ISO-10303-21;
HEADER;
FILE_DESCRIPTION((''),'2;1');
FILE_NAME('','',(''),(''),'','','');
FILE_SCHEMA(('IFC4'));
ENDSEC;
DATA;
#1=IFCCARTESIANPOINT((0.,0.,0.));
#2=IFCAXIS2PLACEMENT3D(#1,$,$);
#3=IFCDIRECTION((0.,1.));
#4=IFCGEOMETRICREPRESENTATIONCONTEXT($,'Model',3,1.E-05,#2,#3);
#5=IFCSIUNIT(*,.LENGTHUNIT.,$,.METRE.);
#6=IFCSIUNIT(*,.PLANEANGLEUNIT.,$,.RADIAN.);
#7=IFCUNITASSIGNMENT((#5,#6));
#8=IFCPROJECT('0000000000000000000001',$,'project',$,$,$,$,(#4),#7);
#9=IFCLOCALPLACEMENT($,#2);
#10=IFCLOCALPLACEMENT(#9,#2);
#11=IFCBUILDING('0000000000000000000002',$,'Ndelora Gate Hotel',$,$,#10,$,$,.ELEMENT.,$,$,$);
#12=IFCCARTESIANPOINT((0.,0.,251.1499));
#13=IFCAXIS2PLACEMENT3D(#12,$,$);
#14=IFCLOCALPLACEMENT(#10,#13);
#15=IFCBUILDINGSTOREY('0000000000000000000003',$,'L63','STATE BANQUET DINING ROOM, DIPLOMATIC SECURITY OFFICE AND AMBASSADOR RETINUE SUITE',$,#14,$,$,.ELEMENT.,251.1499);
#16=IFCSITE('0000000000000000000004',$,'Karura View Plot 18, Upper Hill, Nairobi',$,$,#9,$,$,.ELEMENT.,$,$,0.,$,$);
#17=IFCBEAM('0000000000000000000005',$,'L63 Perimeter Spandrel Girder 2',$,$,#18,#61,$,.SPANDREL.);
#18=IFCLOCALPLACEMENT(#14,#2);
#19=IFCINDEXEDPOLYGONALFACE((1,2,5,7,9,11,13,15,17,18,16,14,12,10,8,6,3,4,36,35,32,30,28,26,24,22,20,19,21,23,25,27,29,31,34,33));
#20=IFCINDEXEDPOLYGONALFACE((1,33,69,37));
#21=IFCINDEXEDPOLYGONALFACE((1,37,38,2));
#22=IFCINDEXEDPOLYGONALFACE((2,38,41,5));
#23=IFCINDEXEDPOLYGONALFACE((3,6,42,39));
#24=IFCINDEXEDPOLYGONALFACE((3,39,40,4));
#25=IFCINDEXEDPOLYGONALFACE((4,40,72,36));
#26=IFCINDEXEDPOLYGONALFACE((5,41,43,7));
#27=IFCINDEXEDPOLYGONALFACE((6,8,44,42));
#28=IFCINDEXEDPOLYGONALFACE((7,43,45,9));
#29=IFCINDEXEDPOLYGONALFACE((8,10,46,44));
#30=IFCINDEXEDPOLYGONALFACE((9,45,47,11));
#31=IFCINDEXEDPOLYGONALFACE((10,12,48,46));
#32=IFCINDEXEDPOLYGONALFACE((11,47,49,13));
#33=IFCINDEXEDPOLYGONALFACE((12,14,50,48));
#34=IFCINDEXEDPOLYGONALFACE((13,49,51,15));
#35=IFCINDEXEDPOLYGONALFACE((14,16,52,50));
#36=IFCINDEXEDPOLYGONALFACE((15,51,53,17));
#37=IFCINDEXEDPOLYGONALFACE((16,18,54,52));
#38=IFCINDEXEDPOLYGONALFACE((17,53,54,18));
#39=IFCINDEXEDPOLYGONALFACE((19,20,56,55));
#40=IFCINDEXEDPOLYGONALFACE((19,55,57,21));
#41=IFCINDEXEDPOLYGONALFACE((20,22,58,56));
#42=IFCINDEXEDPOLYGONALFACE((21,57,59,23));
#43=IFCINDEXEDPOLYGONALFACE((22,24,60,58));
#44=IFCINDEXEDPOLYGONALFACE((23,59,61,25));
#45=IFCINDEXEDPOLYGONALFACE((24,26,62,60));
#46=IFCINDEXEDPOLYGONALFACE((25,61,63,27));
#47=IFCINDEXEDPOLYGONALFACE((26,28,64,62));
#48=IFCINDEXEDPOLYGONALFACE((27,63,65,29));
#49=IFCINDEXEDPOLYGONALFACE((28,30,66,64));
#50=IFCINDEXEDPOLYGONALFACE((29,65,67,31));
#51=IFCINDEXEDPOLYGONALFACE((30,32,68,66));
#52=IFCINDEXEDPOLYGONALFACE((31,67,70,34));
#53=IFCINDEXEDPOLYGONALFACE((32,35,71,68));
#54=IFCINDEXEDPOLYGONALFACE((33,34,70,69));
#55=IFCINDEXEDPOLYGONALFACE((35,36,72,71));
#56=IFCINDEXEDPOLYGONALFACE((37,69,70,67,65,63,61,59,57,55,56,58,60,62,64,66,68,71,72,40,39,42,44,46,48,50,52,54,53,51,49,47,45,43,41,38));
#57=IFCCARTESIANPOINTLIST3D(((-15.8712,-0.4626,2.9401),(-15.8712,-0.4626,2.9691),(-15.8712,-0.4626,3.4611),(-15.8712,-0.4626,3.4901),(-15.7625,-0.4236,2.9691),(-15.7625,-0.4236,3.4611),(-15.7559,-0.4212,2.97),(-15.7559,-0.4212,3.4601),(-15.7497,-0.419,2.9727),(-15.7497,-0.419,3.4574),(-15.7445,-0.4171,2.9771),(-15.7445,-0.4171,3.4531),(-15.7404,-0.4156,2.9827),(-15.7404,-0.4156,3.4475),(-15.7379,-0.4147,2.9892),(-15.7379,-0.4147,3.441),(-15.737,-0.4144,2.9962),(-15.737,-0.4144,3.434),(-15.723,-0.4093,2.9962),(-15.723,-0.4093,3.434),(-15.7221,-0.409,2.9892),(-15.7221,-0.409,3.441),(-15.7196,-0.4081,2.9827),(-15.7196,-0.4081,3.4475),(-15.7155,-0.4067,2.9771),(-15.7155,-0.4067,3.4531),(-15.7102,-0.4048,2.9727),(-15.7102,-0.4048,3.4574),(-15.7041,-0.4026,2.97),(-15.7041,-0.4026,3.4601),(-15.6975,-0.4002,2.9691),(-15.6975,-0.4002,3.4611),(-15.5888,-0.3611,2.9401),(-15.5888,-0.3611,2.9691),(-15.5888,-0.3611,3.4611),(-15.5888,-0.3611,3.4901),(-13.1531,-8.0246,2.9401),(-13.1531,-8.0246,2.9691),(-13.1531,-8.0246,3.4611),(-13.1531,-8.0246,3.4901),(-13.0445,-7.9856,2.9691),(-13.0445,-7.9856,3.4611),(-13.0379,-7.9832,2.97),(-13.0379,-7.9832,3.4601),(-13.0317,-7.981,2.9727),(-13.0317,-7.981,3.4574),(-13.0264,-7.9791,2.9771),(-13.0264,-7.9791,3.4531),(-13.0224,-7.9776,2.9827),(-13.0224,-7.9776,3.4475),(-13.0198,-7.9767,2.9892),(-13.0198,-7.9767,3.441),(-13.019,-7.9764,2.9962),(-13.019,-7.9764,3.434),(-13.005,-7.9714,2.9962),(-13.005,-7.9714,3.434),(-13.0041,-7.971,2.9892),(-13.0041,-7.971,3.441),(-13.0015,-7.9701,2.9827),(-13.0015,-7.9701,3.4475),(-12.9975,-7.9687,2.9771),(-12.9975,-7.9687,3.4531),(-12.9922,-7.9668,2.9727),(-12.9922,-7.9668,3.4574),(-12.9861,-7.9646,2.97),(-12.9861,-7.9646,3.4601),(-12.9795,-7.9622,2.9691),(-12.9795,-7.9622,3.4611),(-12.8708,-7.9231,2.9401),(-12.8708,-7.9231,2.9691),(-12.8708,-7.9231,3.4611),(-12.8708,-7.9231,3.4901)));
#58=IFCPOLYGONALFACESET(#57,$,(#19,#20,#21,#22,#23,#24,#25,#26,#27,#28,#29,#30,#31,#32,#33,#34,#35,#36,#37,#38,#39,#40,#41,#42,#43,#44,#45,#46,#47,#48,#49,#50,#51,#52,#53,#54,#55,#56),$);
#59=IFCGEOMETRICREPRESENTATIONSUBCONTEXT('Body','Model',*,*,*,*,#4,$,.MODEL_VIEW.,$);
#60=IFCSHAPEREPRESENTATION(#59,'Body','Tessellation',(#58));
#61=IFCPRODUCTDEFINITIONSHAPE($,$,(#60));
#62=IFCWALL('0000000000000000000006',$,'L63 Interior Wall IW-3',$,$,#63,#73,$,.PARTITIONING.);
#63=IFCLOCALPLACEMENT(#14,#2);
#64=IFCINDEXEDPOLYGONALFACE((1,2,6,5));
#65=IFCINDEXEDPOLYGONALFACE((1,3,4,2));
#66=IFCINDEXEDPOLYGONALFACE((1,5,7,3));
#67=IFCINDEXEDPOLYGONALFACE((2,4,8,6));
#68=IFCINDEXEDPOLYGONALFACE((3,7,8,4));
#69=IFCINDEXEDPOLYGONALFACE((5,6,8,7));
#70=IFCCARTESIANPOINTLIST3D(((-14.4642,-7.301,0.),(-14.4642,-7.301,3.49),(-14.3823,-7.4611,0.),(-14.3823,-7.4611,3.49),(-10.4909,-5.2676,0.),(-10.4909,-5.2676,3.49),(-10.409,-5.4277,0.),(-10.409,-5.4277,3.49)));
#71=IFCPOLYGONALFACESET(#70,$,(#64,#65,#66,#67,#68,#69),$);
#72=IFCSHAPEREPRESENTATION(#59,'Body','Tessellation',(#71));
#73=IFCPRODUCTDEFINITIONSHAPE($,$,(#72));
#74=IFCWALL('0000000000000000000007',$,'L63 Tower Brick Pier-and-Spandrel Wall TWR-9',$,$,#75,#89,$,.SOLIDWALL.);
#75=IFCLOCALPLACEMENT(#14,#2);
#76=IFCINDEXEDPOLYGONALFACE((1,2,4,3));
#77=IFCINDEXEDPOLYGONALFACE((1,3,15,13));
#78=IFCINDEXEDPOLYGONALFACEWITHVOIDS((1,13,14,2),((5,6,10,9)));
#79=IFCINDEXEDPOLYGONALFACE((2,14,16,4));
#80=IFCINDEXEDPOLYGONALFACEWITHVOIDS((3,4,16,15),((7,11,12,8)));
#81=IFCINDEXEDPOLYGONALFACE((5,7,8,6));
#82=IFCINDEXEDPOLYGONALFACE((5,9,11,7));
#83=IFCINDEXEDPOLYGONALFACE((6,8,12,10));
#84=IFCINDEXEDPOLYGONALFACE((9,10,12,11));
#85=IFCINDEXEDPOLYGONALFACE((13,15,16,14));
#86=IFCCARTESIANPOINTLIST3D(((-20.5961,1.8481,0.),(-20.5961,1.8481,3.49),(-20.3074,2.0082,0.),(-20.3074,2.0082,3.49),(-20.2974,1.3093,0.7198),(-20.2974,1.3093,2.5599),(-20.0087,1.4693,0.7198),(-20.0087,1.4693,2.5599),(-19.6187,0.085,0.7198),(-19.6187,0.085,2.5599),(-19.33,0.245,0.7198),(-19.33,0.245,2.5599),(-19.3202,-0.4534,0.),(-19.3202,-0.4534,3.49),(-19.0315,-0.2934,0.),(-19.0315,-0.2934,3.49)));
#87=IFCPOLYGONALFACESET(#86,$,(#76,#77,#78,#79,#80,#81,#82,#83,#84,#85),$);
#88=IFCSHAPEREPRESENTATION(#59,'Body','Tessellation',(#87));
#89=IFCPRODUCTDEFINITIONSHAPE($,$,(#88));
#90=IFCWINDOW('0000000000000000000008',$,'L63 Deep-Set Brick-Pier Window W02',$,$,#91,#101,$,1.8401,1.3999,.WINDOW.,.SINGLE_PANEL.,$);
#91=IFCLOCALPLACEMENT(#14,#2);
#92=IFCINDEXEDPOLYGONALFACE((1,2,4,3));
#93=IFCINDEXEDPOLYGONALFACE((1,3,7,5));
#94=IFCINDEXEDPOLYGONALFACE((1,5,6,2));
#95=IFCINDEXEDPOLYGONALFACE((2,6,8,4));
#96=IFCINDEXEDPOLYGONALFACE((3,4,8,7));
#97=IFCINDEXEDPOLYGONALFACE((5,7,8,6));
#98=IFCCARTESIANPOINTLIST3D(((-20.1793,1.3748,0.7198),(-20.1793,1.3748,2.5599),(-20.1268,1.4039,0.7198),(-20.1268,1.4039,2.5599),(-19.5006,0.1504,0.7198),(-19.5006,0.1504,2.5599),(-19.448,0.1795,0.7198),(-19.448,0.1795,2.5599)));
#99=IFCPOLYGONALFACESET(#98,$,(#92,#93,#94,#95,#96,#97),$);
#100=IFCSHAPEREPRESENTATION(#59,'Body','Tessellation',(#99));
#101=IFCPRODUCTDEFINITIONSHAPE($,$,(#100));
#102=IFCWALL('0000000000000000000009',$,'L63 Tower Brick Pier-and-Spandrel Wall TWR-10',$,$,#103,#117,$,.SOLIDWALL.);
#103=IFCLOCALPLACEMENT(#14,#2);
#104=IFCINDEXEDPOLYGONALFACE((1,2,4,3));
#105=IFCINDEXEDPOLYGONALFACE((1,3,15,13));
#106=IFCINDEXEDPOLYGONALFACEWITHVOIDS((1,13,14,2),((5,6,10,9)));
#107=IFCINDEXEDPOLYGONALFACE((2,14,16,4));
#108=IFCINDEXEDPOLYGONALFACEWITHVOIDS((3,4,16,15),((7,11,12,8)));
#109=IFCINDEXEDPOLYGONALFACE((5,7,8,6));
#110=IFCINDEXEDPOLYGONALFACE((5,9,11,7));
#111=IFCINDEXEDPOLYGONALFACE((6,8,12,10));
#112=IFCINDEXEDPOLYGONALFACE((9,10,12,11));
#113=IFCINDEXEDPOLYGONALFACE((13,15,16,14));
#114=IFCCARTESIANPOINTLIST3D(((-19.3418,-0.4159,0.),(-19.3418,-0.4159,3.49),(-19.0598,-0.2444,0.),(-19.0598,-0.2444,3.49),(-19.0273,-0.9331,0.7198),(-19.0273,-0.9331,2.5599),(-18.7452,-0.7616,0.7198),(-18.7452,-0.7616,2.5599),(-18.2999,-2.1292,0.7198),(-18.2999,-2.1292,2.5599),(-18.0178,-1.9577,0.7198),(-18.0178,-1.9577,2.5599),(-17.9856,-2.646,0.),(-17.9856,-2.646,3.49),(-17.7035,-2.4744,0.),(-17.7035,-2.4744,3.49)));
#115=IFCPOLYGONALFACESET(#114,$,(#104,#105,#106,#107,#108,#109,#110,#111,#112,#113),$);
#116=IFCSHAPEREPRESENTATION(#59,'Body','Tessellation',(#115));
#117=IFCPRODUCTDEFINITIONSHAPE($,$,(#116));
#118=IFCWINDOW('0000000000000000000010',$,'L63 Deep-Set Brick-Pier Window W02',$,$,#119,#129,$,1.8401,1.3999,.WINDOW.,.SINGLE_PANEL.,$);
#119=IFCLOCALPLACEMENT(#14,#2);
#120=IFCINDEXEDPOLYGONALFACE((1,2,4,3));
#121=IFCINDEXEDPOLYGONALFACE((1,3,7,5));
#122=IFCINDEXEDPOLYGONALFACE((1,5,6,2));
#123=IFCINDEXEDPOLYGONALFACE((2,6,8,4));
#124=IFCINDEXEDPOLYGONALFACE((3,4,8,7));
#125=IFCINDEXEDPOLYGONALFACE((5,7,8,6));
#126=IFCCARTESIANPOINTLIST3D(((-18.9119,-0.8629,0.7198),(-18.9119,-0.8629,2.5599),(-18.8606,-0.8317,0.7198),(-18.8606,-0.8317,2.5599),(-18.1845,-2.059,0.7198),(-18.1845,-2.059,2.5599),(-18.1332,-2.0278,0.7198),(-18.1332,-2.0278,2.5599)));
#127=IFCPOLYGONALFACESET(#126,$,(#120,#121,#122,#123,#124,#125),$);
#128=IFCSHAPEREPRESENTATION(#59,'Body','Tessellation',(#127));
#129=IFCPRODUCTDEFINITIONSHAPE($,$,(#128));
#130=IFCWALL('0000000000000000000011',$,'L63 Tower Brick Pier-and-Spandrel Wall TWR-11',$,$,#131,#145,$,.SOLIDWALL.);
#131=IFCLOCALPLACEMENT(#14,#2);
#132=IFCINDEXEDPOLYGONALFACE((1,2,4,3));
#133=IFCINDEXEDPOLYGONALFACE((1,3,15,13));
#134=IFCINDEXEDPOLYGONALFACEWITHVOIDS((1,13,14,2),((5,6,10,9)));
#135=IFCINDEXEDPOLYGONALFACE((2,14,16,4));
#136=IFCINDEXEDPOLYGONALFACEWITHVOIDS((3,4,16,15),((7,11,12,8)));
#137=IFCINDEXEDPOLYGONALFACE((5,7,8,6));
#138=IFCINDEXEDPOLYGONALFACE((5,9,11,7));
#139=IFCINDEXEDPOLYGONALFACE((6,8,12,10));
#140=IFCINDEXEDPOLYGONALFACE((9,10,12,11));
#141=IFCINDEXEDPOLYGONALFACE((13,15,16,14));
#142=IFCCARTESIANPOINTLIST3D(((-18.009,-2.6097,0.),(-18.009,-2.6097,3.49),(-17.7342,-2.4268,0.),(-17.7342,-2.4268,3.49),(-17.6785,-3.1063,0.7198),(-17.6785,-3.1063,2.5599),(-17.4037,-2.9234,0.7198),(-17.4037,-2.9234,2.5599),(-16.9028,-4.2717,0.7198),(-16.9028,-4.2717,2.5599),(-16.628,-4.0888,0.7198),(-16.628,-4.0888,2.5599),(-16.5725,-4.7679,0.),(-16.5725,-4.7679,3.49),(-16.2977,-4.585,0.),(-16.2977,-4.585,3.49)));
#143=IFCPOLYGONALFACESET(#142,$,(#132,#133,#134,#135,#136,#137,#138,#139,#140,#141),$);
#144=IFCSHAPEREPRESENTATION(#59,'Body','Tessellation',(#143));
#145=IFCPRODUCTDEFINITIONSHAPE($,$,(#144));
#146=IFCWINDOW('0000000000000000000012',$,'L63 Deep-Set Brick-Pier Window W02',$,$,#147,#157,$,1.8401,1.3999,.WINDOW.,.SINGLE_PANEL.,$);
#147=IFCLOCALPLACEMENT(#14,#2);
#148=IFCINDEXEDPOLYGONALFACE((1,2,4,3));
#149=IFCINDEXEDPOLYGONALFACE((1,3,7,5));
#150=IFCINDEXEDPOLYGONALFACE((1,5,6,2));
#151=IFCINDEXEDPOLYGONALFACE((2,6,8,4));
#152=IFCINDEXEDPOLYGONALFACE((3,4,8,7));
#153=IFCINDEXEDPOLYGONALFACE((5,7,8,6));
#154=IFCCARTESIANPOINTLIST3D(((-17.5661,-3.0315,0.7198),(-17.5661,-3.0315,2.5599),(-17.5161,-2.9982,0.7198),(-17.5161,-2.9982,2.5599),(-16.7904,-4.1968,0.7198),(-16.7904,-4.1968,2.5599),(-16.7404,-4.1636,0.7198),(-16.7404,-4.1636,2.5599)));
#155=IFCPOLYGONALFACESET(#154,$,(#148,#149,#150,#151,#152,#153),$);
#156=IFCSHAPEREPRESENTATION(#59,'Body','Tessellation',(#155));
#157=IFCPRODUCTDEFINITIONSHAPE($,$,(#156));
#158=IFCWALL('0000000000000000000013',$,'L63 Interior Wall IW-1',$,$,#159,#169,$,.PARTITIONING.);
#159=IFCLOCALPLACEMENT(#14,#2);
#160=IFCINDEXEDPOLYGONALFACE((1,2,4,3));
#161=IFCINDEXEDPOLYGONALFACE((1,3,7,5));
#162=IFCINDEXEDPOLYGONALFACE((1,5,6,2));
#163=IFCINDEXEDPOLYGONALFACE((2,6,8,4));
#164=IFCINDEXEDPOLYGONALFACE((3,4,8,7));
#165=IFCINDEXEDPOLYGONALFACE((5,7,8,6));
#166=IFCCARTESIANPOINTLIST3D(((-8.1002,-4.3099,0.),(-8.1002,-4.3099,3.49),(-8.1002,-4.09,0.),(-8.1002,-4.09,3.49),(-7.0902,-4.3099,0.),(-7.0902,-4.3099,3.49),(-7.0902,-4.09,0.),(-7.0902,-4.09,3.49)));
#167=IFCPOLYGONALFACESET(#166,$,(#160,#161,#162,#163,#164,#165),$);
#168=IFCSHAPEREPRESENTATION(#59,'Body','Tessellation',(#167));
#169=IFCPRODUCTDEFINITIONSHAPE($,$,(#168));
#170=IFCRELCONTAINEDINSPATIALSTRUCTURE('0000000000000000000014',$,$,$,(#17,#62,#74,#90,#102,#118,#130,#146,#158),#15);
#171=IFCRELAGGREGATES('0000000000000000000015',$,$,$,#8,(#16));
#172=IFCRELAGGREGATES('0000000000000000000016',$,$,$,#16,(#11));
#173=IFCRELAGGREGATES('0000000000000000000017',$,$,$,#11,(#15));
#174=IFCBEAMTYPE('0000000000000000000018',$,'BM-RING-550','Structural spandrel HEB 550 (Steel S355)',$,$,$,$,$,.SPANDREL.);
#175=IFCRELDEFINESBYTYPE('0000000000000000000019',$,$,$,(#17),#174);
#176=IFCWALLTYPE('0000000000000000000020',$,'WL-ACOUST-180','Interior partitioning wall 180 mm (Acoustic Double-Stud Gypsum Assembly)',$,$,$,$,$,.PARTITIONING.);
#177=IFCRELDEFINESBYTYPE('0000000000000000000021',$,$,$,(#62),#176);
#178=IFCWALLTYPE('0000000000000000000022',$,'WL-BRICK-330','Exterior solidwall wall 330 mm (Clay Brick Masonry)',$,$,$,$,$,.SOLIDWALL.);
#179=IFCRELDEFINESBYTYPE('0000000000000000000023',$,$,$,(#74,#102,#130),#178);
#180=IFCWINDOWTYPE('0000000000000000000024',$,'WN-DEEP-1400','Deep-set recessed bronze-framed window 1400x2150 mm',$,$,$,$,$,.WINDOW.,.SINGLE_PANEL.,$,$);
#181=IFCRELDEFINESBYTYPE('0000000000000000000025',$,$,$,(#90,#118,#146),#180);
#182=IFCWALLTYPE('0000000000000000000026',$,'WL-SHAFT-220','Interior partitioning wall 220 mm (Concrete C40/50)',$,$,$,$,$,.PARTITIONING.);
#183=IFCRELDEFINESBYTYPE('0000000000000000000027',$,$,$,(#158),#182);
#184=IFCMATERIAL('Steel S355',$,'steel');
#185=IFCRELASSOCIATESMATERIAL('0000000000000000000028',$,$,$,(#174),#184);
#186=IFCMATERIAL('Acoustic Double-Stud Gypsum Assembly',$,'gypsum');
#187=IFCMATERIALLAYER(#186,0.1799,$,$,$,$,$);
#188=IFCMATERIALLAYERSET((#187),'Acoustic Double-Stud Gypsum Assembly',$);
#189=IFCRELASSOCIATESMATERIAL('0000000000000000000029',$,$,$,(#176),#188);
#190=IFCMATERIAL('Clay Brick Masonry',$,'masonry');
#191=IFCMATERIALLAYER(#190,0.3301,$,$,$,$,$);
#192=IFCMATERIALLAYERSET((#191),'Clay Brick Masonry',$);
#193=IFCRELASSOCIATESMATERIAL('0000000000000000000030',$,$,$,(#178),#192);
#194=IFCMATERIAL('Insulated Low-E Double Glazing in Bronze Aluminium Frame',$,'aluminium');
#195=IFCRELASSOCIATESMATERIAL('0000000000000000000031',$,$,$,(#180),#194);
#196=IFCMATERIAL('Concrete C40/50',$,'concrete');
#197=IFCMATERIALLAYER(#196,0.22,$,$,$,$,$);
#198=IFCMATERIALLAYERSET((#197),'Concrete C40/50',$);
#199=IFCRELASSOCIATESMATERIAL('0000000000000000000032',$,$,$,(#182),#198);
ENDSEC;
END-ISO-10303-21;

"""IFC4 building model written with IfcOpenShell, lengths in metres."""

from ifc_helpers import new_model, si_unit, direction, frame, frame_2d, origin, origin_2d, place, context, subcontext, project, spatial, rectangle, i_section, extrude, material, layer, layer_set, material_profile, profile_set, type_object, element, fill, save


model = new_model("IFC4")

# Units and contexts
model_context = context("Model", 3, precision=1e-05, world=origin(), true_north=direction((0.0, 1.0)))
body_context = subcontext(model_context, "Body", "Model", "MODEL_VIEW")
ifc_project = project(units=[si_unit("LENGTHUNIT", "METRE"), si_unit("PLANEANGLEUNIT", "RADIAN")], contexts=[model_context])

# Site, building, storey
site_placement = place(None, origin())
site = spatial("IfcSite", under=ifc_project, at=site_placement, Name="Karura View Plot 18, Upper Hill, Nairobi", CompositionType="ELEMENT", RefElevation=0.0)
building_placement = place(site_placement, origin())
building = spatial("IfcBuilding", under=site, at=building_placement, Name="Ndelora Gate Hotel", CompositionType="ELEMENT")
storey_placement = place(building_placement, frame((0.0, 0.0, 251.1499)))
storey = spatial("IfcBuildingStorey", under=building, at=storey_placement, Name="L63", Description="STATE BANQUET DINING ROOM, DIPLOMATIC SECURITY OFFICE AND AMBASSADOR RETINUE SUITE", CompositionType="ELEMENT", Elevation=251.1499)

# Beam
ifc_material_1 = material(Name="Steel S355", Category="steel")
ifc_material_profile_1 = material_profile(ifc_material_1, i_section(OverallWidth=0.3, OverallDepth=0.55, WebThickness=0.0149, FlangeThickness=0.0291, FilletRadius=0.0271, at=origin_2d()), Name="HEB 550")
ifc_profile_set_1 = profile_set([ifc_material_profile_1], Name="Steel S355")
beam_type_1 = type_object("IfcBeamType", Name="BM-RING-550", Description="Structural spandrel HEB 550 (Steel S355)", PredefinedType="SPANDREL", material=ifc_profile_set_1)
beam_1_placement = place(storey_placement, frame((-15.73, -0.4119, 3.2151), z_axis=(0.338245, -0.941058, 0.0), x_axis=(0.941058, 0.338245, 0.0)))
element("IfcBeam", 1, at=beam_1_placement, inside=storey, type_object=beam_type_1, Name="L63 Perimeter Spandrel Girder 2", PredefinedType="SPANDREL", context=body_context, shape_type="SweptSolid", body=[
    extrude(i_section(OverallWidth=0.3, OverallDepth=0.55, WebThickness=0.0149, FlangeThickness=0.0291, FilletRadius=0.0271, at=origin_2d()), origin(), (0.0, 0.0, 1.0), 8.0356),
])

# Wall
ifc_material_2 = material(Name="Acoustic Double-Stud Gypsum Assembly", Category="gypsum")
ifc_layer_1 = layer(ifc_material_2, 0.1799)
ifc_layer_set_1 = layer_set([ifc_layer_1], Name="Acoustic Double-Stud Gypsum Assembly")
wall_type_1 = type_object("IfcWallType", Name="WL-ACOUST-180", Description="Interior partitioning wall 180 mm (Acoustic Double-Stud Gypsum Assembly)", PredefinedType="PARTITIONING", material=ifc_layer_set_1)
wall_1_placement = place(storey_placement, frame((-10.45, -5.3477, 0.0), z_axis=(0.0, 0.0, 1.0), x_axis=(-0.890198, -0.455574, 0.0)))
element("IfcWall", 2, at=wall_1_placement, inside=storey, type_object=wall_type_1, Name="L63 Interior Wall IW-3", PredefinedType="PARTITIONING", context=body_context, shape_type="SweptSolid", body=[
    extrude(rectangle(XDim=4.4634, YDim=0.1799, at=frame_2d((2.2317, 0.0))), origin(), (0.0, 0.0, 1.0), 3.49),
])

# Walls, openings, windows
ifc_material_3 = material(Name="Clay Brick Masonry", Category="masonry")
ifc_layer_2 = layer(ifc_material_3, 0.3301)
ifc_layer_set_2 = layer_set([ifc_layer_2], Name="Clay Brick Masonry")
wall_type_2 = type_object("IfcWallType", Name="WL-BRICK-330", Description="Exterior solidwall wall 330 mm (Clay Brick Masonry)", PredefinedType="SOLIDWALL", material=ifc_layer_set_2)
wall_2_placement = place(storey_placement, frame((-19.1758, -0.3735, 0.0), z_axis=(0.0, 0.0, 1.0), x_axis=(-0.484847, 0.874599, 0.0)))
wall_2 = element("IfcWall", 3, at=wall_2_placement, inside=storey, type_object=wall_type_2, Name="L63 Tower Brick Pier-and-Spandrel Wall TWR-9", PredefinedType="SOLIDWALL", context=body_context, shape_type="SweptSolid", body=[
    extrude(rectangle(XDim=2.6316, YDim=0.3301, at=frame_2d((1.3159, 0.0))), origin(), (0.0, 0.0, 1.0), 3.49),
])
opening_1_placement = place(wall_2_placement, frame((0.6157, 0.0, 0.72)))
opening_1 = element("IfcOpeningElement", 4, at=opening_1_placement, cuts=wall_2, PredefinedType="OPENING", context=body_context, shape_type="SweptSolid", body=[
    extrude(rectangle(XDim=1.3999, YDim=1.8401, at=frame_2d((0.7, 0.9199))), frame((0.0, 0.175, 0.0), z_axis=(0.0, -1.0, 0.0), x_axis=(1.0, 0.0, 0.0)), (0.0, 0.0, 1.0), 0.3501),
])
ifc_material_4 = material(Name="Insulated Low-E Double Glazing in Bronze Aluminium Frame", Category="aluminium")
window_type = type_object("IfcWindowType", Name="WN-DEEP-1400", Description="Deep-set recessed bronze-framed window 1400x2150 mm", PartitioningType="SINGLE_PANEL", PredefinedType="WINDOW", material=ifc_material_4)
window_1_placement = place(opening_1_placement, origin())
window_1 = element("IfcWindow", 5, at=window_1_placement, inside=storey, type_object=window_type, Name="L63 Deep-Set Brick-Pier Window W02", OverallHeight=1.8401, OverallWidth=1.3999, PartitioningType="SINGLE_PANEL", PredefinedType="WINDOW", context=body_context, shape_type="SweptSolid", body=[
    extrude(rectangle(XDim=1.3999, YDim=1.8401, at=frame_2d((0.7, 0.9199))), frame((0.0, 0.03, 0.0), z_axis=(0.0, -1.0, 0.0), x_axis=(1.0, 0.0, 0.0)), (0.0, 0.0, 1.0), 0.0601),
])
fill(opening_1, window_1)
wall_3_placement = place(storey_placement, frame((-17.8445, -2.5603, 0.0), z_axis=(0.0, 0.0, 1.0), x_axis=(-0.519618, 0.854399, 0.0)))
wall_3 = element("IfcWall", 6, at=wall_3_placement, inside=storey, type_object=wall_type_2, Name="L63 Tower Brick Pier-and-Spandrel Wall TWR-10", PredefinedType="SOLIDWALL", context=body_context, shape_type="SweptSolid", body=[
    extrude(rectangle(XDim=2.6101, YDim=0.3301, at=frame_2d((1.3052, 0.0))), origin(), (0.0, 0.0, 1.0), 3.49),
])
opening_2_placement = place(wall_3_placement, frame((0.605, 0.0, 0.72)))
opening_2 = element("IfcOpeningElement", 7, at=opening_2_placement, cuts=wall_3, PredefinedType="OPENING", context=body_context, shape_type="SweptSolid", body=[
    extrude(rectangle(XDim=1.3999, YDim=1.8401, at=frame_2d((0.7, 0.9199))), frame((0.0, 0.175, 0.0), z_axis=(0.0, -1.0, 0.0), x_axis=(1.0, 0.0, 0.0)), (0.0, 0.0, 1.0), 0.3501),
])
window_2_placement = place(opening_2_placement, origin())
window_2 = element("IfcWindow", 8, at=window_2_placement, inside=storey, type_object=window_type, Name="L63 Deep-Set Brick-Pier Window W02", OverallHeight=1.8401, OverallWidth=1.3999, PartitioningType="SINGLE_PANEL", PredefinedType="WINDOW", context=body_context, shape_type="SweptSolid", body=[
    extrude(rectangle(XDim=1.3999, YDim=1.8401, at=frame_2d((0.7, 0.9199))), frame((0.0, 0.03, 0.0), z_axis=(0.0, -1.0, 0.0), x_axis=(1.0, 0.0, 0.0)), (0.0, 0.0, 1.0), 0.0601),
])
fill(opening_2, window_2)
wall_4_placement = place(storey_placement, frame((-16.4351, -4.6765, 0.0), z_axis=(0.0, 0.0, 1.0), x_axis=(-0.554092, 0.832456, 0.0)))
wall_4 = element("IfcWall", 9, at=wall_4_placement, inside=storey, type_object=wall_type_2, Name="L63 Tower Brick Pier-and-Spandrel Wall TWR-11", PredefinedType="SOLIDWALL", context=body_context, shape_type="SweptSolid", body=[
    extrude(rectangle(XDim=2.5925, YDim=0.3301, at=frame_2d((1.2964, 0.0))), origin(), (0.0, 0.0, 1.0), 3.49),
])
opening_3_placement = place(wall_4_placement, frame((0.5962, 0.0, 0.72)))
opening_3 = element("IfcOpeningElement", 10, at=opening_3_placement, cuts=wall_4, PredefinedType="OPENING", context=body_context, shape_type="SweptSolid", body=[
    extrude(rectangle(XDim=1.3999, YDim=1.8401, at=frame_2d((0.7, 0.9199))), frame((0.0, 0.175, 0.0), z_axis=(0.0, -1.0, 0.0), x_axis=(1.0, 0.0, 0.0)), (0.0, 0.0, 1.0), 0.3501),
])
window_3_placement = place(opening_3_placement, origin())
window_3 = element("IfcWindow", 11, at=window_3_placement, inside=storey, type_object=window_type, Name="L63 Deep-Set Brick-Pier Window W02", OverallHeight=1.8401, OverallWidth=1.3999, PartitioningType="SINGLE_PANEL", PredefinedType="WINDOW", context=body_context, shape_type="SweptSolid", body=[
    extrude(rectangle(XDim=1.3999, YDim=1.8401, at=frame_2d((0.7, 0.9199))), frame((0.0, 0.03, 0.0), z_axis=(0.0, -1.0, 0.0), x_axis=(1.0, 0.0, 0.0)), (0.0, 0.0, 1.0), 0.0601),
])
fill(opening_3, window_3)

# Wall
ifc_material_5 = material(Name="Concrete C40/50", Category="concrete")
ifc_layer_3 = layer(ifc_material_5, 0.22)
ifc_layer_set_3 = layer_set([ifc_layer_3], Name="Concrete C40/50")
wall_type_3 = type_object("IfcWallType", Name="WL-SHAFT-220", Description="Interior partitioning wall 220 mm (Concrete C40/50)", PredefinedType="PARTITIONING", material=ifc_layer_set_3)
wall_5_placement = place(storey_placement, frame((-8.1001, -4.2, 0.0), z_axis=(0.0, 0.0, 1.0), x_axis=(1.0, 0.0, 0.0)))
element("IfcWall", 12, at=wall_5_placement, inside=storey, type_object=wall_type_3, Name="L63 Interior Wall IW-1", PredefinedType="PARTITIONING", context=body_context, shape_type="SweptSolid", body=[
    extrude(rectangle(XDim=1.01, YDim=0.22, at=frame_2d((0.5049, 0.0))), origin(), (0.0, 0.0, 1.0), 3.49),
])

save(model, "model.ifc")
